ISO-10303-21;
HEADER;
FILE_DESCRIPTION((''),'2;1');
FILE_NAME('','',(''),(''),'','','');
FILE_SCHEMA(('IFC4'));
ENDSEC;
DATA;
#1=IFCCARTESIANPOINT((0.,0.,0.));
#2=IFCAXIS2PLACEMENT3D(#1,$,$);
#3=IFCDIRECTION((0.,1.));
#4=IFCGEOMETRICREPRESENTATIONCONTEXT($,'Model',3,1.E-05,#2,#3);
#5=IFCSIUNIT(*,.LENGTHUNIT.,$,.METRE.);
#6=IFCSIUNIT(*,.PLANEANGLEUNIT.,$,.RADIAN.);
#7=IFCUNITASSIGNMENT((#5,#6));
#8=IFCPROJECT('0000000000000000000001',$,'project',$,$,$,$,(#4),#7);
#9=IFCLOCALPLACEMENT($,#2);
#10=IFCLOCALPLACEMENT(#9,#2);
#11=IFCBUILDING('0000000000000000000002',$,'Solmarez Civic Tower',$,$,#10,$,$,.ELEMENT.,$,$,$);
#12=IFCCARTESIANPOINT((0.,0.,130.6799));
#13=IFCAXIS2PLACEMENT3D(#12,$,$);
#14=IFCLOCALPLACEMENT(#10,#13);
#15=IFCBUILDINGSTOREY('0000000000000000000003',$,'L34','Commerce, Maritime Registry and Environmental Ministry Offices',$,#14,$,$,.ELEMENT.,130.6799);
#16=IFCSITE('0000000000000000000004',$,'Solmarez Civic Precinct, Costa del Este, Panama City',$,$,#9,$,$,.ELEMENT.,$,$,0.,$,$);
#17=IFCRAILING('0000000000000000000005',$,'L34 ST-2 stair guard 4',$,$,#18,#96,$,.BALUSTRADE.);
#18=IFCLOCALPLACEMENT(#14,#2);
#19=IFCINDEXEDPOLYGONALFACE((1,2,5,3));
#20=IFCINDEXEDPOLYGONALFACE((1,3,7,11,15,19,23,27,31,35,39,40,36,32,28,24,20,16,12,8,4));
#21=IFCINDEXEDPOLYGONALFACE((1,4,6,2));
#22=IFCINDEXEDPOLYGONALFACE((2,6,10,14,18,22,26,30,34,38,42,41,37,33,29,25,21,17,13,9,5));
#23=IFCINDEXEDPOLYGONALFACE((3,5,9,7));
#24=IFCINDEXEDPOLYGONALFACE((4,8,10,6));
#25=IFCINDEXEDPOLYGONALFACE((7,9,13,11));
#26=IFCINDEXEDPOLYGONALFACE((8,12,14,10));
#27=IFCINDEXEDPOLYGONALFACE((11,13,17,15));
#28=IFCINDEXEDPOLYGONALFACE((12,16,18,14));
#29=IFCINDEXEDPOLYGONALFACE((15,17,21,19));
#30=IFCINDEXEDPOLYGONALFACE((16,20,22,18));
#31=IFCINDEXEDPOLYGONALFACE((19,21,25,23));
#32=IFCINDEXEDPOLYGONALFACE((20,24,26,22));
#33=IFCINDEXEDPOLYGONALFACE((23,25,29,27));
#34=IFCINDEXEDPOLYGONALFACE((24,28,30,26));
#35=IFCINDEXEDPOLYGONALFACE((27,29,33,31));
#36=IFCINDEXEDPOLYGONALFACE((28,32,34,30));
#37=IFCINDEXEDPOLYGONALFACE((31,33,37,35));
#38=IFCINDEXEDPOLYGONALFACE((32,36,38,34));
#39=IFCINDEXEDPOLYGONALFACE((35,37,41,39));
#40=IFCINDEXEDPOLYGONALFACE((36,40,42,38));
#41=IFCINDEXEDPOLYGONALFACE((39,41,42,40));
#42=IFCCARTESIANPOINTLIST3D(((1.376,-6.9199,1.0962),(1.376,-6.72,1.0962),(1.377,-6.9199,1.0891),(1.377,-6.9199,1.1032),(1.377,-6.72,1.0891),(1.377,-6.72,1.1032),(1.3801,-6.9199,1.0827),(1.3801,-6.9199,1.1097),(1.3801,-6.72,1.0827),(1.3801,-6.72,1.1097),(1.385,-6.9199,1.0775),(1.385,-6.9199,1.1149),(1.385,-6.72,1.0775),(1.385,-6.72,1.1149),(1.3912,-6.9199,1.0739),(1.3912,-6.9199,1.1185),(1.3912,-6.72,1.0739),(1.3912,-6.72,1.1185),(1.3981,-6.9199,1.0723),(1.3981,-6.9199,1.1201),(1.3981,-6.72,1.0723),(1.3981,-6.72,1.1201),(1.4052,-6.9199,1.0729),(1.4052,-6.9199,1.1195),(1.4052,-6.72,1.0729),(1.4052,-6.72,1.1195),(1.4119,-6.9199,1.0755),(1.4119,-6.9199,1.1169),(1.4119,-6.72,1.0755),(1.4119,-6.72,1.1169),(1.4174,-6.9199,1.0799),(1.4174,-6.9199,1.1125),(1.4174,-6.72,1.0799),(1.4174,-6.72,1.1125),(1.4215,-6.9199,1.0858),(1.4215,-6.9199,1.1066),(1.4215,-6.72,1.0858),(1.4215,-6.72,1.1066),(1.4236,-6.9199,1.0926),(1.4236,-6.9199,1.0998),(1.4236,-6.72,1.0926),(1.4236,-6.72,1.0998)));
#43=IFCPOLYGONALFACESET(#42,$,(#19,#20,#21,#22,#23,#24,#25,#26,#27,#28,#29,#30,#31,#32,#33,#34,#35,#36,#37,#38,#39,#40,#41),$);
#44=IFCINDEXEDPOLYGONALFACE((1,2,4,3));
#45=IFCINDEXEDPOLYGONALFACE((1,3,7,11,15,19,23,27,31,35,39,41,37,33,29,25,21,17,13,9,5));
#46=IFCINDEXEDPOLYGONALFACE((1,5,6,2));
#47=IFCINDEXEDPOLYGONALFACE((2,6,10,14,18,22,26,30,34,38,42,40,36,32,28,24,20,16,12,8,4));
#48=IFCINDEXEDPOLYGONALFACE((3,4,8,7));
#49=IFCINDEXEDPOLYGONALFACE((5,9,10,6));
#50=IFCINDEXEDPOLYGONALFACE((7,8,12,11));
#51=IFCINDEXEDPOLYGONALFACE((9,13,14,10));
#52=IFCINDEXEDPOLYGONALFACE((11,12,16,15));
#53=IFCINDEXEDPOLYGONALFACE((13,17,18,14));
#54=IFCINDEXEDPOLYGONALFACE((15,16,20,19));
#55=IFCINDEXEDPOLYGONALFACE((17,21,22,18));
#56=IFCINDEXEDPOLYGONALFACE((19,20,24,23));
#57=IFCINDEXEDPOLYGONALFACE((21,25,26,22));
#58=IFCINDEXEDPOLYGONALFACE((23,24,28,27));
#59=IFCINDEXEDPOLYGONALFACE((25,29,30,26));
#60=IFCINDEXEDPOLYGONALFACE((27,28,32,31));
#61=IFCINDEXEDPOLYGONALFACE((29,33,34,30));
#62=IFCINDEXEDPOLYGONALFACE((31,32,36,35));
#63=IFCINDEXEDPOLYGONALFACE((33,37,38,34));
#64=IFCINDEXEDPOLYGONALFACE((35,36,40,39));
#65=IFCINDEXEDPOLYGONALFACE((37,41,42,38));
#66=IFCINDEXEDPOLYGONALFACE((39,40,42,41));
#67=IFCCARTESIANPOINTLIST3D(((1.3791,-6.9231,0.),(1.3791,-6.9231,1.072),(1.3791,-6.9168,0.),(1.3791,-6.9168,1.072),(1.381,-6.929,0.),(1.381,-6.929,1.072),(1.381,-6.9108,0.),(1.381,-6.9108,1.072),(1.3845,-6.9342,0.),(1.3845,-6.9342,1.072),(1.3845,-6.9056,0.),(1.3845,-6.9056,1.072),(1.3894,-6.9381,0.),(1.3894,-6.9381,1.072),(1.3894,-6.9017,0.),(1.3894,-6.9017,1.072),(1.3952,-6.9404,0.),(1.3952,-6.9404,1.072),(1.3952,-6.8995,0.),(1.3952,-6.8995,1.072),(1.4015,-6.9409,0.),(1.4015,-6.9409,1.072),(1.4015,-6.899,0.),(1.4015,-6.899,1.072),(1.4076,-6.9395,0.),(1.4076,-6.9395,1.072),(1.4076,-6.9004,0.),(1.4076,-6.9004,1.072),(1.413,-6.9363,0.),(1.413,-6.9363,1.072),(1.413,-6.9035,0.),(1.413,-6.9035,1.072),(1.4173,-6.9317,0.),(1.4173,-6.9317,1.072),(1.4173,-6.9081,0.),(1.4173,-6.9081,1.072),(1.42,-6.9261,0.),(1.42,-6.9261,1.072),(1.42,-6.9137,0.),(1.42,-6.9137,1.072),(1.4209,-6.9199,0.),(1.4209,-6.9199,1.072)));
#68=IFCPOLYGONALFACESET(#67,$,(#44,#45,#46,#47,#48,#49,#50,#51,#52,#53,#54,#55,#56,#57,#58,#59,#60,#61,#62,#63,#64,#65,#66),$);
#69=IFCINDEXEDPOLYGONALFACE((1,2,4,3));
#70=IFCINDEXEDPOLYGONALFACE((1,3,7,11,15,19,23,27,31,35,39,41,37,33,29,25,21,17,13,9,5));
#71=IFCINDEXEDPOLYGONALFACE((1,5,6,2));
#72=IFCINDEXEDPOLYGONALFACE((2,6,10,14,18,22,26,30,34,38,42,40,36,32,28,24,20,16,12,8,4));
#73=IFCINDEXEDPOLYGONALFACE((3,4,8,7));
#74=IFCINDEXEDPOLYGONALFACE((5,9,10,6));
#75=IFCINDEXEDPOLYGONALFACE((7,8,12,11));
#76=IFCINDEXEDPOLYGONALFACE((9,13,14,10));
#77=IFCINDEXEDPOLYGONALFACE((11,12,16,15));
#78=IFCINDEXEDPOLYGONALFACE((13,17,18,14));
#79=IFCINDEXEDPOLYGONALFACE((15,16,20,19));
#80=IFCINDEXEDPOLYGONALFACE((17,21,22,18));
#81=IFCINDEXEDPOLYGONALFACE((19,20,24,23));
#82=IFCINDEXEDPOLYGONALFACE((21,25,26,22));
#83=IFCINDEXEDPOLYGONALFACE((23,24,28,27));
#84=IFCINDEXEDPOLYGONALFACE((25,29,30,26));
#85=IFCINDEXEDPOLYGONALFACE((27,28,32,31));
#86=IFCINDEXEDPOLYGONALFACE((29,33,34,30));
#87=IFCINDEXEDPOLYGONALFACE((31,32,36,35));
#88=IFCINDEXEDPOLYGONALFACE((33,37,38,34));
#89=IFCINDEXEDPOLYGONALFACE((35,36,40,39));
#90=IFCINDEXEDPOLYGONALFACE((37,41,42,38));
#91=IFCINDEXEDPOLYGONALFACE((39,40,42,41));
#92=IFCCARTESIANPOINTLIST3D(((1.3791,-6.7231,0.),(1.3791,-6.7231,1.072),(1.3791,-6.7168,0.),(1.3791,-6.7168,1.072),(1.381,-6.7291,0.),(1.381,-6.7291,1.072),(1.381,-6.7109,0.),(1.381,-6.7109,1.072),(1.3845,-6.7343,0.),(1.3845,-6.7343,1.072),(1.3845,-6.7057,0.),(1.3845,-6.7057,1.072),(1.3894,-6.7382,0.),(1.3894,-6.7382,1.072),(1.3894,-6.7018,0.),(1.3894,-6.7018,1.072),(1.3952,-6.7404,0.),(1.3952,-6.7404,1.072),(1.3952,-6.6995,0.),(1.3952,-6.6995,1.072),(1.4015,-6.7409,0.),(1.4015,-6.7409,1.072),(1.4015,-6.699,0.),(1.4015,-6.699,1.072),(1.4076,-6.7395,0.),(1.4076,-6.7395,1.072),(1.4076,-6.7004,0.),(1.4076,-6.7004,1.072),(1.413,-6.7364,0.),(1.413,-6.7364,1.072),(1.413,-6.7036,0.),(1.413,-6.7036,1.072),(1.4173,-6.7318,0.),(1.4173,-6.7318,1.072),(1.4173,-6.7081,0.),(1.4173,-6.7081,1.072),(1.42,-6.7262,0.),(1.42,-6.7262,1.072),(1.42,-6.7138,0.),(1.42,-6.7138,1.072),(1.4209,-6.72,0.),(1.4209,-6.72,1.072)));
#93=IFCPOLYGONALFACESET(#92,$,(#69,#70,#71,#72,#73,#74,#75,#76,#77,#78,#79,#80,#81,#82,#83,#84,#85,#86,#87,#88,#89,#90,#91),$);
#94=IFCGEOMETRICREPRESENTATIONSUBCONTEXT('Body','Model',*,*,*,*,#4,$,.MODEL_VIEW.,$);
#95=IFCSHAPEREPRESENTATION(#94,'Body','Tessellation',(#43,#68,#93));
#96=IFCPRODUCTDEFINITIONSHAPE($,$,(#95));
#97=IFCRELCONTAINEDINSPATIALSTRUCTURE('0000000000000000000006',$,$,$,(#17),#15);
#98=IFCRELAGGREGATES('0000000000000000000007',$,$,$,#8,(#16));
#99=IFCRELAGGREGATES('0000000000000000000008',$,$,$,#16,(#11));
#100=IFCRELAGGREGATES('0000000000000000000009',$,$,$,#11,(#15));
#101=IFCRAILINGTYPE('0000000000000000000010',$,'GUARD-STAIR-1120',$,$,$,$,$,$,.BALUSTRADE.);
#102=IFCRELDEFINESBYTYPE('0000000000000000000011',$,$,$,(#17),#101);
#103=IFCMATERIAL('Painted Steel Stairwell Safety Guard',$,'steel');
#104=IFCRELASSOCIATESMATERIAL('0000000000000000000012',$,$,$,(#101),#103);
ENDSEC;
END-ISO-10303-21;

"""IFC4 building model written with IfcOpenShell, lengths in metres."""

from ifc_helpers import new_model, si_unit, direction, frame, origin, origin_2d, place, context, subcontext, project, spatial, circle, extrude, material, type_object, element, save


model = new_model("IFC4")

# Units and contexts
model_context = context("Model", 3, precision=1e-05, world=origin(), true_north=direction((0.0, 1.0)))
body_context = subcontext(model_context, "Body", "Model", "MODEL_VIEW")
ifc_project = project(units=[si_unit("LENGTHUNIT", "METRE"), si_unit("PLANEANGLEUNIT", "RADIAN")], contexts=[model_context])

# Site, building, storey
site_placement = place(None, origin())
site = spatial("IfcSite", under=ifc_project, at=site_placement, Name="Solmarez Civic Precinct, Costa del Este, Panama City", CompositionType="ELEMENT", RefElevation=0.0)
building_placement = place(site_placement, origin())
building = spatial("IfcBuilding", under=site, at=building_placement, Name="Solmarez Civic Tower", CompositionType="ELEMENT")
storey_placement = place(building_placement, frame((0.0, 0.0, 130.6799)))
storey = spatial("IfcBuildingStorey", under=building, at=storey_placement, Name="L34", Description="Commerce, Maritime Registry and Environmental Ministry Offices", CompositionType="ELEMENT", Elevation=130.6799)

# Railing
ifc_material_1 = material(Name="Painted Steel Stairwell Safety Guard", Category="steel")
railing_type_1 = type_object("IfcRailingType", Name="GUARD-STAIR-1120", PredefinedType="BALUSTRADE", material=ifc_material_1)
railing_1_placement = place(storey_placement, frame((1.3999, -6.9199, 0.0)))
element("IfcRailing", 1, at=railing_1_placement, inside=storey, type_object=railing_type_1, Name="L34 ST-2 stair guard 4", PredefinedType="BALUSTRADE", context=body_context, shape_type="SweptSolid", body=[
    extrude(circle(Radius=0.0239, at=origin_2d()), frame((0.0, 0.0, 1.0962), z_axis=(0.0, 1.0, 0.0), x_axis=(-1.0, 0.0, 0.0)), (0.0, 0.0, 1.0), 0.2),
    extrude(circle(Radius=0.021, at=origin_2d()), origin(), (0.0, 0.0, 1.0), 1.072),
    extrude(circle(Radius=0.021, at=origin_2d()), frame((0.0, 0.2, 0.0)), (0.0, 0.0, 1.0), 1.072),
])

save(model, "model.ifc")
